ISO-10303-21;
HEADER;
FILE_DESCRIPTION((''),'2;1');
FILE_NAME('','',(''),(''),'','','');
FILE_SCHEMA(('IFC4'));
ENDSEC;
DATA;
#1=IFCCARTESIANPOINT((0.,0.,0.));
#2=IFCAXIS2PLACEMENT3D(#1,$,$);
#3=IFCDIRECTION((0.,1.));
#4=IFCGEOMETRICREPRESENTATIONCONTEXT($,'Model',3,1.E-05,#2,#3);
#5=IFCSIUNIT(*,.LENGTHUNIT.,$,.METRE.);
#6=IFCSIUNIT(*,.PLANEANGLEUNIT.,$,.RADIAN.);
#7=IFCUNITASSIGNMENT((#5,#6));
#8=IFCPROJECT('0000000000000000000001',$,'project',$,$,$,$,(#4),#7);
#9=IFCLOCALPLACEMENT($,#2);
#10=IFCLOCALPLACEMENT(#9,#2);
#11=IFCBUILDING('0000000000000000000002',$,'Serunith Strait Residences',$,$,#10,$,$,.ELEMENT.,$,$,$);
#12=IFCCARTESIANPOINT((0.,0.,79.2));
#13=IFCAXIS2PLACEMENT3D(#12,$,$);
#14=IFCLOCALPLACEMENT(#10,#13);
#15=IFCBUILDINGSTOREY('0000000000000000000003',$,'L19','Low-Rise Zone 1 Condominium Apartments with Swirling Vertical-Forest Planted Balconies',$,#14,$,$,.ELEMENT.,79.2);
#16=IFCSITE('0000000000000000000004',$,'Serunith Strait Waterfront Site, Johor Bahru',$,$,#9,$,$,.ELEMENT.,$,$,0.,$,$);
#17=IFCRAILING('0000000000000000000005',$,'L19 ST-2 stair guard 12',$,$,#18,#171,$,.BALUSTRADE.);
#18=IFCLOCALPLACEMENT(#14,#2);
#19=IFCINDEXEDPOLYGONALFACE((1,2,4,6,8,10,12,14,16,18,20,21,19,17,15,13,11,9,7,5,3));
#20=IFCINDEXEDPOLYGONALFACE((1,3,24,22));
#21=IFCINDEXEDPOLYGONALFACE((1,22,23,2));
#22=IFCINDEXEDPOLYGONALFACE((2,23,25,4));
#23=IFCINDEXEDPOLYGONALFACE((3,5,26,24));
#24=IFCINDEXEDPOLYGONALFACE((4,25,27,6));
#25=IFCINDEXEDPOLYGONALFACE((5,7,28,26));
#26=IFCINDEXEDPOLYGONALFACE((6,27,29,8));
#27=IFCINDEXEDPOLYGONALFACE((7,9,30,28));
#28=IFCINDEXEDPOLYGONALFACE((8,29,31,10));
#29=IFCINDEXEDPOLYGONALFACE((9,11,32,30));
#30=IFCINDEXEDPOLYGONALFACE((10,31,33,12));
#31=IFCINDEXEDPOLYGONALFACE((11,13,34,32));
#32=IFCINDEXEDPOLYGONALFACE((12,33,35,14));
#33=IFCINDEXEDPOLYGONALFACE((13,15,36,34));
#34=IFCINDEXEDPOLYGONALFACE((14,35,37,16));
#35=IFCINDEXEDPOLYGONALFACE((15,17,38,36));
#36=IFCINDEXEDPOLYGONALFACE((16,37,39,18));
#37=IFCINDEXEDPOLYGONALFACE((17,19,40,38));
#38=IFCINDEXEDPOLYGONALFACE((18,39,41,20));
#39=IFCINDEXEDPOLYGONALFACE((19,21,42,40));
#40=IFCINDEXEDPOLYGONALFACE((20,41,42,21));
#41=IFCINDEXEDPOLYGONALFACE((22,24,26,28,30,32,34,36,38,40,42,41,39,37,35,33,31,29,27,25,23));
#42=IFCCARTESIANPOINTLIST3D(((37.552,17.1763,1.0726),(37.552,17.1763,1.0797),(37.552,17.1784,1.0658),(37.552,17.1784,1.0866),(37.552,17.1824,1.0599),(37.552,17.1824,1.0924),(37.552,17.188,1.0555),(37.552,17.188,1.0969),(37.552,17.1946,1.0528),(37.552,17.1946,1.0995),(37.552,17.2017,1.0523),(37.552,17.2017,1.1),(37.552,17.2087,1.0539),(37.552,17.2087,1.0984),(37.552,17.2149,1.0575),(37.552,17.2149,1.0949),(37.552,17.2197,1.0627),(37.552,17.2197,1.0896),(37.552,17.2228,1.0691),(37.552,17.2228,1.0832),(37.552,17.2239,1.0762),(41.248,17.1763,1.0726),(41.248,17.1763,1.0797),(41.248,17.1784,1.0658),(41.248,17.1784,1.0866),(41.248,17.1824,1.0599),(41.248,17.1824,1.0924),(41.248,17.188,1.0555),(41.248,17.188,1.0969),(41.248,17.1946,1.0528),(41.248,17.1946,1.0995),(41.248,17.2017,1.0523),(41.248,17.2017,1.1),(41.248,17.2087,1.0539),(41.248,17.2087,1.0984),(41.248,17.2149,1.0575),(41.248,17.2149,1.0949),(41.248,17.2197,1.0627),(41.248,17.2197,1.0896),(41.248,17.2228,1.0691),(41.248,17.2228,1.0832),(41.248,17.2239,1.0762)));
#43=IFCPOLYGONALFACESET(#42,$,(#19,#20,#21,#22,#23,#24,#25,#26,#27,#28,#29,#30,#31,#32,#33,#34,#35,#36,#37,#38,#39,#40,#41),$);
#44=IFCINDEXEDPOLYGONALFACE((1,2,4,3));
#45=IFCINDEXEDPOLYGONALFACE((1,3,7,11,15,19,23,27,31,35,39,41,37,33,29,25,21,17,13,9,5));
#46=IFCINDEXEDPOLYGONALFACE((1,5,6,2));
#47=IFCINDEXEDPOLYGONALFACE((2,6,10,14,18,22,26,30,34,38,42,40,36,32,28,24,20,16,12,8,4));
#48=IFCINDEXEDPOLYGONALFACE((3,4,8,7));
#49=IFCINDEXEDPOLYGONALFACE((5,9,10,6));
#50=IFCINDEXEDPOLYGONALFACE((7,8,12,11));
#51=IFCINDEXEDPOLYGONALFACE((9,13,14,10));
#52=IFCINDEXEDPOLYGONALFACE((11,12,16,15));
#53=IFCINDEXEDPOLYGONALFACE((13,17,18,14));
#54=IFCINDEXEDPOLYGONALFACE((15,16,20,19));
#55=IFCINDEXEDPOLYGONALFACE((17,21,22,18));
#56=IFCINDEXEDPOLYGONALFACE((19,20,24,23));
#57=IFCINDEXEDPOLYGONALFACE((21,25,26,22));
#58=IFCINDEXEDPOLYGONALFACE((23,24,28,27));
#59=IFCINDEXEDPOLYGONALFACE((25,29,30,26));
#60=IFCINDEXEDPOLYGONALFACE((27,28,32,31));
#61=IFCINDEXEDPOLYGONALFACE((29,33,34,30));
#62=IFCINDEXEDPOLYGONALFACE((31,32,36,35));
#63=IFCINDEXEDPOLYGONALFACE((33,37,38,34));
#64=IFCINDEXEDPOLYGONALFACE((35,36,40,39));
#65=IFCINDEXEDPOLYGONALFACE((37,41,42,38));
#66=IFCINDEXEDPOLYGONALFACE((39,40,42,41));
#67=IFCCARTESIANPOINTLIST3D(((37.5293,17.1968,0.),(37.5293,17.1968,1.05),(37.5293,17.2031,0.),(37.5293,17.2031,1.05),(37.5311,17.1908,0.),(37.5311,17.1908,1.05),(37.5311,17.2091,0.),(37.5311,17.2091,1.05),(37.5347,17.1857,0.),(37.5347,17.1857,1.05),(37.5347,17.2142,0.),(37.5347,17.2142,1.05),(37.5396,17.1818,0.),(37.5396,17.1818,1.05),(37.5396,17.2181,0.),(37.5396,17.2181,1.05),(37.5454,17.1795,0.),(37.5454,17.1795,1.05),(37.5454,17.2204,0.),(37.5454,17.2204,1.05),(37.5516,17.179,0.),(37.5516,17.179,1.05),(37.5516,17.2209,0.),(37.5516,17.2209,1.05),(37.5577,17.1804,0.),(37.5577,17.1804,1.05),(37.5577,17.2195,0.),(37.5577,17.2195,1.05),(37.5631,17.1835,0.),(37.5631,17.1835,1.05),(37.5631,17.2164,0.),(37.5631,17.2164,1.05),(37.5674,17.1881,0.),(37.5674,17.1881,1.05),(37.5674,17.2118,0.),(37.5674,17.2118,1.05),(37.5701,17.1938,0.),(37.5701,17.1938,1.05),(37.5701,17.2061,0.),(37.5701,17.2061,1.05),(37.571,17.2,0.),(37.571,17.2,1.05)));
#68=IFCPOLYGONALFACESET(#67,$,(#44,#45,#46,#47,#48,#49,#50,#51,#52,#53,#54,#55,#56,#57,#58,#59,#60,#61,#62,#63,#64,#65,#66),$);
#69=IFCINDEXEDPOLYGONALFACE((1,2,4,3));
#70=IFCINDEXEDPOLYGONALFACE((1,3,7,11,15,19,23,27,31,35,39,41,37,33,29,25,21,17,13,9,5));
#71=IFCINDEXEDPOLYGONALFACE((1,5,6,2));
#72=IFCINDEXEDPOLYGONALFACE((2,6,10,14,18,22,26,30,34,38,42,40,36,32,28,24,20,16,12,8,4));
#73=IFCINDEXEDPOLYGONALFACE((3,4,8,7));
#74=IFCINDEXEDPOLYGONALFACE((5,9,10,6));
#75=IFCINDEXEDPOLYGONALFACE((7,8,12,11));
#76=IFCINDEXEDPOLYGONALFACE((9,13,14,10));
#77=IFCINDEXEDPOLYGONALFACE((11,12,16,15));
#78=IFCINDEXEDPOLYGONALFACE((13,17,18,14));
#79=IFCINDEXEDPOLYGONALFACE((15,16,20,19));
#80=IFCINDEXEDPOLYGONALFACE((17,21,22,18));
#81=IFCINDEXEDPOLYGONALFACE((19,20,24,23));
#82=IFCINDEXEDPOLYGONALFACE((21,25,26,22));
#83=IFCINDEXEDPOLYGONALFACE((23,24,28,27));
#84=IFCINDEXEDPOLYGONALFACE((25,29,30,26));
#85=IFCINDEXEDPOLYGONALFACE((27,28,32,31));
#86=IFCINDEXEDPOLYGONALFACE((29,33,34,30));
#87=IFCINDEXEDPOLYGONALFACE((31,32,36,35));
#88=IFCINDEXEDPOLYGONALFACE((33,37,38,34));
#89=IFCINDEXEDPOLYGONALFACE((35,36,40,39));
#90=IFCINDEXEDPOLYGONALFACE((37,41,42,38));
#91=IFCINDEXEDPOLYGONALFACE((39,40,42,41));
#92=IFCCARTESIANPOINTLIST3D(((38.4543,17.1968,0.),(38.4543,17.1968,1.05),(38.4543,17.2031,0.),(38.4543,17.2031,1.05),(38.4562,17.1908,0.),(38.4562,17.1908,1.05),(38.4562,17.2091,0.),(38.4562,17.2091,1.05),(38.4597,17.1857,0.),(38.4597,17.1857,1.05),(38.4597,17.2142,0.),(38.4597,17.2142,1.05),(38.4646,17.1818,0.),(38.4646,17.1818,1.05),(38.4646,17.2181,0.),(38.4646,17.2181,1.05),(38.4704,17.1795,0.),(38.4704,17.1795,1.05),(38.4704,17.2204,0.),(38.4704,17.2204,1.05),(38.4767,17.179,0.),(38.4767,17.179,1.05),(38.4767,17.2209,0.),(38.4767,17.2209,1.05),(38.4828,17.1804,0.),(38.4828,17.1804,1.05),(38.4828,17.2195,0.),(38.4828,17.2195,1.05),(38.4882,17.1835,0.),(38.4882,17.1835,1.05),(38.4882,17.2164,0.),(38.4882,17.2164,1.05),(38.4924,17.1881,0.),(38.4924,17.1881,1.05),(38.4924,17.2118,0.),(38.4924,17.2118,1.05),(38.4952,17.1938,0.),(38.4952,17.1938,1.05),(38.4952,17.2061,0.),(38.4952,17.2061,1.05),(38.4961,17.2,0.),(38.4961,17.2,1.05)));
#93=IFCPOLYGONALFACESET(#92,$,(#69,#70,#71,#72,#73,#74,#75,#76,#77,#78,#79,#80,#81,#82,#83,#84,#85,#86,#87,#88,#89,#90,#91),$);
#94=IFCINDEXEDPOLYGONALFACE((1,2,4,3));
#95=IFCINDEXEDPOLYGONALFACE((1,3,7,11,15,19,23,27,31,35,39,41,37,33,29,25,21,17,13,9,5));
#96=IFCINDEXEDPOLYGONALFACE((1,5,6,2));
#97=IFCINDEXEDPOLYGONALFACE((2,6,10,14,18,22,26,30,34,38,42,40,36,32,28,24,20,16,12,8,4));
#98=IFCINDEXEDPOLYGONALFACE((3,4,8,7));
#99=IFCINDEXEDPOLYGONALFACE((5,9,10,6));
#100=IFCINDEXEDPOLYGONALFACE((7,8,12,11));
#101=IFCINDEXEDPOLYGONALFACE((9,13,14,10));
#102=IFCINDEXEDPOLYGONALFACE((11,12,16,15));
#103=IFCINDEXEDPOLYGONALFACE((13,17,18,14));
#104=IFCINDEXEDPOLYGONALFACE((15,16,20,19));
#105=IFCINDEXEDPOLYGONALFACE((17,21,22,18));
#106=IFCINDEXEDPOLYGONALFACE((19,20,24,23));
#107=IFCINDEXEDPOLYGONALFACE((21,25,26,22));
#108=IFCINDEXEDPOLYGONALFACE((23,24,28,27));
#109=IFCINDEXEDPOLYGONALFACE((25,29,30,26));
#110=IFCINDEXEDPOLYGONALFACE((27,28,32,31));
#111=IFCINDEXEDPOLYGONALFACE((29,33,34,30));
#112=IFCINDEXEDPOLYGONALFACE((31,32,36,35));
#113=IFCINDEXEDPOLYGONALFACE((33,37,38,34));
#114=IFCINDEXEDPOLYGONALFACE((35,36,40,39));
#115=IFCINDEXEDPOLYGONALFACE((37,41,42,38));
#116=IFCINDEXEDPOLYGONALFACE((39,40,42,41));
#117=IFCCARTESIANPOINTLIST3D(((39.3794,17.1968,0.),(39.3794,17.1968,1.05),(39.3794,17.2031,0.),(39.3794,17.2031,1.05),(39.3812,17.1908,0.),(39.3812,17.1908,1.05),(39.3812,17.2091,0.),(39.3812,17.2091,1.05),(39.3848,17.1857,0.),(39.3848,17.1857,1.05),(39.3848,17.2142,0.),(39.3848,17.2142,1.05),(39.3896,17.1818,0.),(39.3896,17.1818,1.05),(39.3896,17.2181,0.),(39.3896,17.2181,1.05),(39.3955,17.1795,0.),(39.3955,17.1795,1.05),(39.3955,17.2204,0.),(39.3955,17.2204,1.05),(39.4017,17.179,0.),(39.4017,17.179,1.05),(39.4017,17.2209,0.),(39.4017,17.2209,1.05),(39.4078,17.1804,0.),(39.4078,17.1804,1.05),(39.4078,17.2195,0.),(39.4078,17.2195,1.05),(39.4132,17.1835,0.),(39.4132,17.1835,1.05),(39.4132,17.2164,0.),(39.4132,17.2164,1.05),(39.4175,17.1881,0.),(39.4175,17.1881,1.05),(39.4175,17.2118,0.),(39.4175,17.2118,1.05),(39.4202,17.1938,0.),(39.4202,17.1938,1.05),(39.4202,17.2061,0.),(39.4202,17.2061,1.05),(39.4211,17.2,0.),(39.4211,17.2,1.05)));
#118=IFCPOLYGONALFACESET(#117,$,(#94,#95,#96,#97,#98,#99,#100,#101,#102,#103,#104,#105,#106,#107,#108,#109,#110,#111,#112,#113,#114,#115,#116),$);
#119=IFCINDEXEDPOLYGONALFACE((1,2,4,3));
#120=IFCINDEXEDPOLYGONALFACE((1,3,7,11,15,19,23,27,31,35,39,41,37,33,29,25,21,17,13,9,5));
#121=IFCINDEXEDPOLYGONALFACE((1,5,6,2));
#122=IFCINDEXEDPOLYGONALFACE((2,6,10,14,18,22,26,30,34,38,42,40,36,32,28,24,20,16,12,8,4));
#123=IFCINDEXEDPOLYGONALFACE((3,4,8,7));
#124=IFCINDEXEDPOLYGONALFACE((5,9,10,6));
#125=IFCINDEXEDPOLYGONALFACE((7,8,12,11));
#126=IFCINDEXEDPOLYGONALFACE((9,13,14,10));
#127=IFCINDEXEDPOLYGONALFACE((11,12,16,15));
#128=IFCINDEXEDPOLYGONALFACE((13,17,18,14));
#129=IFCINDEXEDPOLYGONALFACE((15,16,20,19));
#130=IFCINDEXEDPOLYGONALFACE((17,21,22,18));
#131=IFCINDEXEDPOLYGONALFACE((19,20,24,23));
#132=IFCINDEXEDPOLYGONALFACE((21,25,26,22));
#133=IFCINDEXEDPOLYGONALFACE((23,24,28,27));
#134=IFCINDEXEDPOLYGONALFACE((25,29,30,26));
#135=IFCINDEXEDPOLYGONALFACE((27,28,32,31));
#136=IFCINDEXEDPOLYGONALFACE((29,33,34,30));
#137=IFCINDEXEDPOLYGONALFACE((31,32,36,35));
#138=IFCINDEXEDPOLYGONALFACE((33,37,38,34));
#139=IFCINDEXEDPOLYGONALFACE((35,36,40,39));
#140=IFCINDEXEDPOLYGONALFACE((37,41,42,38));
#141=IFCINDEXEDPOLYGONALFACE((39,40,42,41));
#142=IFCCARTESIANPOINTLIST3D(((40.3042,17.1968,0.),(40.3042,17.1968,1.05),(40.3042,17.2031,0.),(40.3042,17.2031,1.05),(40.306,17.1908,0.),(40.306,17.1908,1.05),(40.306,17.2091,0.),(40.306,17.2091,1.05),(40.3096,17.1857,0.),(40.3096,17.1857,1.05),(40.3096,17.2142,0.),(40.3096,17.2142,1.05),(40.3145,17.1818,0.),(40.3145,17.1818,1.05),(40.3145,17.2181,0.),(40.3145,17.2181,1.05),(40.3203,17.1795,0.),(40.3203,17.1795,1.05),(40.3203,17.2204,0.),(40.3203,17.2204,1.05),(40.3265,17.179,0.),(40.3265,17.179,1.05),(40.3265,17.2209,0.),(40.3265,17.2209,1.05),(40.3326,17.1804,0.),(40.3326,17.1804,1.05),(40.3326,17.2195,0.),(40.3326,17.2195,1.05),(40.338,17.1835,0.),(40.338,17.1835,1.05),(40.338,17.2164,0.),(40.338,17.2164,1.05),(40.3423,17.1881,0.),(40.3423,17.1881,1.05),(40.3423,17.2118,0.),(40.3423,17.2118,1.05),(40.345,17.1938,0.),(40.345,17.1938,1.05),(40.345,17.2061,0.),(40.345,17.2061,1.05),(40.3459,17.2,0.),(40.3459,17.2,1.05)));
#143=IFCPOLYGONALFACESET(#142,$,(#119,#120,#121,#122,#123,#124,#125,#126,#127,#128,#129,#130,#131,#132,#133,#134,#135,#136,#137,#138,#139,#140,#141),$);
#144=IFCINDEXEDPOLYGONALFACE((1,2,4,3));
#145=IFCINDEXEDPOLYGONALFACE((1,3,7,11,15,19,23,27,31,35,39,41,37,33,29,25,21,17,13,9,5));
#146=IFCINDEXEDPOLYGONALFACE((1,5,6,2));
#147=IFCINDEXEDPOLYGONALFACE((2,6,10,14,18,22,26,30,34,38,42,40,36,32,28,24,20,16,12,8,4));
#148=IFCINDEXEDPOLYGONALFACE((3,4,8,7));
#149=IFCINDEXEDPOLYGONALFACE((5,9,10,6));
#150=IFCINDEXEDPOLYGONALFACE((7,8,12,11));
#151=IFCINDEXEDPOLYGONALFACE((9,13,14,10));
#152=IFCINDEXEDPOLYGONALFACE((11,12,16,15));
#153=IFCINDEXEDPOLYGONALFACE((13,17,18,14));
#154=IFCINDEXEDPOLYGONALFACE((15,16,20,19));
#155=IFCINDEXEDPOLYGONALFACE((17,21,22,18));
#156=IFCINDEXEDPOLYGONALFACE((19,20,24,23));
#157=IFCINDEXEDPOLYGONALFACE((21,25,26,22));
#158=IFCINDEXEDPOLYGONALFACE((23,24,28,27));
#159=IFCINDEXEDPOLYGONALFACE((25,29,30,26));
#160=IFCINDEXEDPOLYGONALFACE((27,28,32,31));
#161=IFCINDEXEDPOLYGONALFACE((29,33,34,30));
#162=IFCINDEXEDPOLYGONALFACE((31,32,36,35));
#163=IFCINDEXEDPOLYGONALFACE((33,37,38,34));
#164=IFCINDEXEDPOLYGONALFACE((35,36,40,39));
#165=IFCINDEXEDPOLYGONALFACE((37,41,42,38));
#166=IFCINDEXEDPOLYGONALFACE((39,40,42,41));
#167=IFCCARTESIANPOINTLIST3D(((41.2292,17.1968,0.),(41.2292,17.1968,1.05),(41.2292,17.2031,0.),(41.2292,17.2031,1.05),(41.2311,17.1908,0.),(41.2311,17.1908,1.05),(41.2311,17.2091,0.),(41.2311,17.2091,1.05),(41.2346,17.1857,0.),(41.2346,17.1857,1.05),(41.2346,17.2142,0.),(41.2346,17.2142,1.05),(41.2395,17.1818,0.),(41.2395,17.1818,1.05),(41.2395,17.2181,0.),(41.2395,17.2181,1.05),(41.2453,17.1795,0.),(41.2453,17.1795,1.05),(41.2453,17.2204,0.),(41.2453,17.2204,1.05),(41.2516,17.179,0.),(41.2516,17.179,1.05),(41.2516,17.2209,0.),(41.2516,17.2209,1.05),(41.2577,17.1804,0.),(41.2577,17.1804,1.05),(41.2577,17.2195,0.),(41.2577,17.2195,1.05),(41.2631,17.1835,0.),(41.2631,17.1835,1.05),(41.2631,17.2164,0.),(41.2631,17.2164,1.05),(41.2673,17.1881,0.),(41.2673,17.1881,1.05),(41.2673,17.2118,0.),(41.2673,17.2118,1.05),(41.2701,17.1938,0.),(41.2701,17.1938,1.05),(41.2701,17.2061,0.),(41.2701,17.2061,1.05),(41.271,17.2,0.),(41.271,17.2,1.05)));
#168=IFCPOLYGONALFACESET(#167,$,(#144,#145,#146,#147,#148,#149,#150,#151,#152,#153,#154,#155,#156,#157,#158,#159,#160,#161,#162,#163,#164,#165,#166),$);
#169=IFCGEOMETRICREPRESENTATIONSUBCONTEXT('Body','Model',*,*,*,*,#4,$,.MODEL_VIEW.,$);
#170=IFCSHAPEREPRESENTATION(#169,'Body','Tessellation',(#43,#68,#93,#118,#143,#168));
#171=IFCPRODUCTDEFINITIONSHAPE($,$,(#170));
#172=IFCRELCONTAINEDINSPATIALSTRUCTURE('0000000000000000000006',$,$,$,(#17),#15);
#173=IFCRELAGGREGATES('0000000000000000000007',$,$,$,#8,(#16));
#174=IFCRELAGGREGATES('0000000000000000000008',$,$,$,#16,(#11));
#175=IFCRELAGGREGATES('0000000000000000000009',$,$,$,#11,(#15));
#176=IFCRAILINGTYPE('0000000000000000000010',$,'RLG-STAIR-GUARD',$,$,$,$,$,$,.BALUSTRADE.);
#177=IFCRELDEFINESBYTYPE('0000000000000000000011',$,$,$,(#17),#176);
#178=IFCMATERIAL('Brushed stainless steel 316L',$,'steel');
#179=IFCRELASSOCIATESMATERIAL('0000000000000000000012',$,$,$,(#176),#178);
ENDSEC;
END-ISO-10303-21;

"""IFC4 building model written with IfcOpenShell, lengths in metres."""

from ifc_helpers import new_model, si_unit, direction, frame, origin, origin_2d, place, context, subcontext, project, spatial, circle, extrude, material, type_object, element, save


model = new_model("IFC4")

# Units and contexts
model_context = context("Model", 3, precision=1e-05, world=origin(), true_north=direction((0.0, 1.0)))
body_context = subcontext(model_context, "Body", "Model", "MODEL_VIEW")
ifc_project = project(units=[si_unit("LENGTHUNIT", "METRE"), si_unit("PLANEANGLEUNIT", "RADIAN")], contexts=[model_context])

# Site, building, storey
site_placement = place(None, origin())
site = spatial("IfcSite", under=ifc_project, at=site_placement, Name="Serunith Strait Waterfront Site, Johor Bahru", CompositionType="ELEMENT", RefElevation=0.0)
building_placement = place(site_placement, origin())
building = spatial("IfcBuilding", under=site, at=building_placement, Name="Serunith Strait Residences", CompositionType="ELEMENT")
storey_placement = place(building_placement, frame((0.0, 0.0, 79.2)))
storey = spatial("IfcBuildingStorey", under=building, at=storey_placement, Name="L19", Description="Low-Rise Zone 1 Condominium Apartments with Swirling Vertical-Forest Planted Balconies", CompositionType="ELEMENT", Elevation=79.2)

# Railing
ifc_material_1 = material(Name="Brushed stainless steel 316L", Category="steel")
railing_type_1 = type_object("IfcRailingType", Name="RLG-STAIR-GUARD", PredefinedType="BALUSTRADE", material=ifc_material_1)
railing_1_placement = place(storey_placement, frame((37.55, 17.2, 0.0)))
element("IfcRailing", 1, at=railing_1_placement, inside=storey, type_object=railing_type_1, Name="L19 ST-2 stair guard 12", PredefinedType="BALUSTRADE", context=body_context, shape_type="SweptSolid", body=[
    extrude(circle(Radius=0.0239, at=origin_2d()), frame((0.002, 0.0, 1.0762), z_axis=(1.0, 0.0, 0.0), x_axis=(0.0, 1.0, 0.0)), (0.0, 0.0, 1.0), 3.696),
    extrude(circle(Radius=0.021, at=origin_2d()), origin(), (0.0, 0.0, 1.0), 1.05),
    extrude(circle(Radius=0.021, at=origin_2d()), frame((0.925, 0.0, 0.0)), (0.0, 0.0, 1.0), 1.05),
    extrude(circle(Radius=0.021, at=origin_2d()), frame((1.8501, 0.0, 0.0)), (0.0, 0.0, 1.0), 1.05),
    extrude(circle(Radius=0.021, at=origin_2d()), frame((2.7749, 0.0, 0.0)), (0.0, 0.0, 1.0), 1.05),
    extrude(circle(Radius=0.021, at=origin_2d()), frame((3.7, 0.0, 0.0)), (0.0, 0.0, 1.0), 1.05),
])

save(model, "model.ifc")
